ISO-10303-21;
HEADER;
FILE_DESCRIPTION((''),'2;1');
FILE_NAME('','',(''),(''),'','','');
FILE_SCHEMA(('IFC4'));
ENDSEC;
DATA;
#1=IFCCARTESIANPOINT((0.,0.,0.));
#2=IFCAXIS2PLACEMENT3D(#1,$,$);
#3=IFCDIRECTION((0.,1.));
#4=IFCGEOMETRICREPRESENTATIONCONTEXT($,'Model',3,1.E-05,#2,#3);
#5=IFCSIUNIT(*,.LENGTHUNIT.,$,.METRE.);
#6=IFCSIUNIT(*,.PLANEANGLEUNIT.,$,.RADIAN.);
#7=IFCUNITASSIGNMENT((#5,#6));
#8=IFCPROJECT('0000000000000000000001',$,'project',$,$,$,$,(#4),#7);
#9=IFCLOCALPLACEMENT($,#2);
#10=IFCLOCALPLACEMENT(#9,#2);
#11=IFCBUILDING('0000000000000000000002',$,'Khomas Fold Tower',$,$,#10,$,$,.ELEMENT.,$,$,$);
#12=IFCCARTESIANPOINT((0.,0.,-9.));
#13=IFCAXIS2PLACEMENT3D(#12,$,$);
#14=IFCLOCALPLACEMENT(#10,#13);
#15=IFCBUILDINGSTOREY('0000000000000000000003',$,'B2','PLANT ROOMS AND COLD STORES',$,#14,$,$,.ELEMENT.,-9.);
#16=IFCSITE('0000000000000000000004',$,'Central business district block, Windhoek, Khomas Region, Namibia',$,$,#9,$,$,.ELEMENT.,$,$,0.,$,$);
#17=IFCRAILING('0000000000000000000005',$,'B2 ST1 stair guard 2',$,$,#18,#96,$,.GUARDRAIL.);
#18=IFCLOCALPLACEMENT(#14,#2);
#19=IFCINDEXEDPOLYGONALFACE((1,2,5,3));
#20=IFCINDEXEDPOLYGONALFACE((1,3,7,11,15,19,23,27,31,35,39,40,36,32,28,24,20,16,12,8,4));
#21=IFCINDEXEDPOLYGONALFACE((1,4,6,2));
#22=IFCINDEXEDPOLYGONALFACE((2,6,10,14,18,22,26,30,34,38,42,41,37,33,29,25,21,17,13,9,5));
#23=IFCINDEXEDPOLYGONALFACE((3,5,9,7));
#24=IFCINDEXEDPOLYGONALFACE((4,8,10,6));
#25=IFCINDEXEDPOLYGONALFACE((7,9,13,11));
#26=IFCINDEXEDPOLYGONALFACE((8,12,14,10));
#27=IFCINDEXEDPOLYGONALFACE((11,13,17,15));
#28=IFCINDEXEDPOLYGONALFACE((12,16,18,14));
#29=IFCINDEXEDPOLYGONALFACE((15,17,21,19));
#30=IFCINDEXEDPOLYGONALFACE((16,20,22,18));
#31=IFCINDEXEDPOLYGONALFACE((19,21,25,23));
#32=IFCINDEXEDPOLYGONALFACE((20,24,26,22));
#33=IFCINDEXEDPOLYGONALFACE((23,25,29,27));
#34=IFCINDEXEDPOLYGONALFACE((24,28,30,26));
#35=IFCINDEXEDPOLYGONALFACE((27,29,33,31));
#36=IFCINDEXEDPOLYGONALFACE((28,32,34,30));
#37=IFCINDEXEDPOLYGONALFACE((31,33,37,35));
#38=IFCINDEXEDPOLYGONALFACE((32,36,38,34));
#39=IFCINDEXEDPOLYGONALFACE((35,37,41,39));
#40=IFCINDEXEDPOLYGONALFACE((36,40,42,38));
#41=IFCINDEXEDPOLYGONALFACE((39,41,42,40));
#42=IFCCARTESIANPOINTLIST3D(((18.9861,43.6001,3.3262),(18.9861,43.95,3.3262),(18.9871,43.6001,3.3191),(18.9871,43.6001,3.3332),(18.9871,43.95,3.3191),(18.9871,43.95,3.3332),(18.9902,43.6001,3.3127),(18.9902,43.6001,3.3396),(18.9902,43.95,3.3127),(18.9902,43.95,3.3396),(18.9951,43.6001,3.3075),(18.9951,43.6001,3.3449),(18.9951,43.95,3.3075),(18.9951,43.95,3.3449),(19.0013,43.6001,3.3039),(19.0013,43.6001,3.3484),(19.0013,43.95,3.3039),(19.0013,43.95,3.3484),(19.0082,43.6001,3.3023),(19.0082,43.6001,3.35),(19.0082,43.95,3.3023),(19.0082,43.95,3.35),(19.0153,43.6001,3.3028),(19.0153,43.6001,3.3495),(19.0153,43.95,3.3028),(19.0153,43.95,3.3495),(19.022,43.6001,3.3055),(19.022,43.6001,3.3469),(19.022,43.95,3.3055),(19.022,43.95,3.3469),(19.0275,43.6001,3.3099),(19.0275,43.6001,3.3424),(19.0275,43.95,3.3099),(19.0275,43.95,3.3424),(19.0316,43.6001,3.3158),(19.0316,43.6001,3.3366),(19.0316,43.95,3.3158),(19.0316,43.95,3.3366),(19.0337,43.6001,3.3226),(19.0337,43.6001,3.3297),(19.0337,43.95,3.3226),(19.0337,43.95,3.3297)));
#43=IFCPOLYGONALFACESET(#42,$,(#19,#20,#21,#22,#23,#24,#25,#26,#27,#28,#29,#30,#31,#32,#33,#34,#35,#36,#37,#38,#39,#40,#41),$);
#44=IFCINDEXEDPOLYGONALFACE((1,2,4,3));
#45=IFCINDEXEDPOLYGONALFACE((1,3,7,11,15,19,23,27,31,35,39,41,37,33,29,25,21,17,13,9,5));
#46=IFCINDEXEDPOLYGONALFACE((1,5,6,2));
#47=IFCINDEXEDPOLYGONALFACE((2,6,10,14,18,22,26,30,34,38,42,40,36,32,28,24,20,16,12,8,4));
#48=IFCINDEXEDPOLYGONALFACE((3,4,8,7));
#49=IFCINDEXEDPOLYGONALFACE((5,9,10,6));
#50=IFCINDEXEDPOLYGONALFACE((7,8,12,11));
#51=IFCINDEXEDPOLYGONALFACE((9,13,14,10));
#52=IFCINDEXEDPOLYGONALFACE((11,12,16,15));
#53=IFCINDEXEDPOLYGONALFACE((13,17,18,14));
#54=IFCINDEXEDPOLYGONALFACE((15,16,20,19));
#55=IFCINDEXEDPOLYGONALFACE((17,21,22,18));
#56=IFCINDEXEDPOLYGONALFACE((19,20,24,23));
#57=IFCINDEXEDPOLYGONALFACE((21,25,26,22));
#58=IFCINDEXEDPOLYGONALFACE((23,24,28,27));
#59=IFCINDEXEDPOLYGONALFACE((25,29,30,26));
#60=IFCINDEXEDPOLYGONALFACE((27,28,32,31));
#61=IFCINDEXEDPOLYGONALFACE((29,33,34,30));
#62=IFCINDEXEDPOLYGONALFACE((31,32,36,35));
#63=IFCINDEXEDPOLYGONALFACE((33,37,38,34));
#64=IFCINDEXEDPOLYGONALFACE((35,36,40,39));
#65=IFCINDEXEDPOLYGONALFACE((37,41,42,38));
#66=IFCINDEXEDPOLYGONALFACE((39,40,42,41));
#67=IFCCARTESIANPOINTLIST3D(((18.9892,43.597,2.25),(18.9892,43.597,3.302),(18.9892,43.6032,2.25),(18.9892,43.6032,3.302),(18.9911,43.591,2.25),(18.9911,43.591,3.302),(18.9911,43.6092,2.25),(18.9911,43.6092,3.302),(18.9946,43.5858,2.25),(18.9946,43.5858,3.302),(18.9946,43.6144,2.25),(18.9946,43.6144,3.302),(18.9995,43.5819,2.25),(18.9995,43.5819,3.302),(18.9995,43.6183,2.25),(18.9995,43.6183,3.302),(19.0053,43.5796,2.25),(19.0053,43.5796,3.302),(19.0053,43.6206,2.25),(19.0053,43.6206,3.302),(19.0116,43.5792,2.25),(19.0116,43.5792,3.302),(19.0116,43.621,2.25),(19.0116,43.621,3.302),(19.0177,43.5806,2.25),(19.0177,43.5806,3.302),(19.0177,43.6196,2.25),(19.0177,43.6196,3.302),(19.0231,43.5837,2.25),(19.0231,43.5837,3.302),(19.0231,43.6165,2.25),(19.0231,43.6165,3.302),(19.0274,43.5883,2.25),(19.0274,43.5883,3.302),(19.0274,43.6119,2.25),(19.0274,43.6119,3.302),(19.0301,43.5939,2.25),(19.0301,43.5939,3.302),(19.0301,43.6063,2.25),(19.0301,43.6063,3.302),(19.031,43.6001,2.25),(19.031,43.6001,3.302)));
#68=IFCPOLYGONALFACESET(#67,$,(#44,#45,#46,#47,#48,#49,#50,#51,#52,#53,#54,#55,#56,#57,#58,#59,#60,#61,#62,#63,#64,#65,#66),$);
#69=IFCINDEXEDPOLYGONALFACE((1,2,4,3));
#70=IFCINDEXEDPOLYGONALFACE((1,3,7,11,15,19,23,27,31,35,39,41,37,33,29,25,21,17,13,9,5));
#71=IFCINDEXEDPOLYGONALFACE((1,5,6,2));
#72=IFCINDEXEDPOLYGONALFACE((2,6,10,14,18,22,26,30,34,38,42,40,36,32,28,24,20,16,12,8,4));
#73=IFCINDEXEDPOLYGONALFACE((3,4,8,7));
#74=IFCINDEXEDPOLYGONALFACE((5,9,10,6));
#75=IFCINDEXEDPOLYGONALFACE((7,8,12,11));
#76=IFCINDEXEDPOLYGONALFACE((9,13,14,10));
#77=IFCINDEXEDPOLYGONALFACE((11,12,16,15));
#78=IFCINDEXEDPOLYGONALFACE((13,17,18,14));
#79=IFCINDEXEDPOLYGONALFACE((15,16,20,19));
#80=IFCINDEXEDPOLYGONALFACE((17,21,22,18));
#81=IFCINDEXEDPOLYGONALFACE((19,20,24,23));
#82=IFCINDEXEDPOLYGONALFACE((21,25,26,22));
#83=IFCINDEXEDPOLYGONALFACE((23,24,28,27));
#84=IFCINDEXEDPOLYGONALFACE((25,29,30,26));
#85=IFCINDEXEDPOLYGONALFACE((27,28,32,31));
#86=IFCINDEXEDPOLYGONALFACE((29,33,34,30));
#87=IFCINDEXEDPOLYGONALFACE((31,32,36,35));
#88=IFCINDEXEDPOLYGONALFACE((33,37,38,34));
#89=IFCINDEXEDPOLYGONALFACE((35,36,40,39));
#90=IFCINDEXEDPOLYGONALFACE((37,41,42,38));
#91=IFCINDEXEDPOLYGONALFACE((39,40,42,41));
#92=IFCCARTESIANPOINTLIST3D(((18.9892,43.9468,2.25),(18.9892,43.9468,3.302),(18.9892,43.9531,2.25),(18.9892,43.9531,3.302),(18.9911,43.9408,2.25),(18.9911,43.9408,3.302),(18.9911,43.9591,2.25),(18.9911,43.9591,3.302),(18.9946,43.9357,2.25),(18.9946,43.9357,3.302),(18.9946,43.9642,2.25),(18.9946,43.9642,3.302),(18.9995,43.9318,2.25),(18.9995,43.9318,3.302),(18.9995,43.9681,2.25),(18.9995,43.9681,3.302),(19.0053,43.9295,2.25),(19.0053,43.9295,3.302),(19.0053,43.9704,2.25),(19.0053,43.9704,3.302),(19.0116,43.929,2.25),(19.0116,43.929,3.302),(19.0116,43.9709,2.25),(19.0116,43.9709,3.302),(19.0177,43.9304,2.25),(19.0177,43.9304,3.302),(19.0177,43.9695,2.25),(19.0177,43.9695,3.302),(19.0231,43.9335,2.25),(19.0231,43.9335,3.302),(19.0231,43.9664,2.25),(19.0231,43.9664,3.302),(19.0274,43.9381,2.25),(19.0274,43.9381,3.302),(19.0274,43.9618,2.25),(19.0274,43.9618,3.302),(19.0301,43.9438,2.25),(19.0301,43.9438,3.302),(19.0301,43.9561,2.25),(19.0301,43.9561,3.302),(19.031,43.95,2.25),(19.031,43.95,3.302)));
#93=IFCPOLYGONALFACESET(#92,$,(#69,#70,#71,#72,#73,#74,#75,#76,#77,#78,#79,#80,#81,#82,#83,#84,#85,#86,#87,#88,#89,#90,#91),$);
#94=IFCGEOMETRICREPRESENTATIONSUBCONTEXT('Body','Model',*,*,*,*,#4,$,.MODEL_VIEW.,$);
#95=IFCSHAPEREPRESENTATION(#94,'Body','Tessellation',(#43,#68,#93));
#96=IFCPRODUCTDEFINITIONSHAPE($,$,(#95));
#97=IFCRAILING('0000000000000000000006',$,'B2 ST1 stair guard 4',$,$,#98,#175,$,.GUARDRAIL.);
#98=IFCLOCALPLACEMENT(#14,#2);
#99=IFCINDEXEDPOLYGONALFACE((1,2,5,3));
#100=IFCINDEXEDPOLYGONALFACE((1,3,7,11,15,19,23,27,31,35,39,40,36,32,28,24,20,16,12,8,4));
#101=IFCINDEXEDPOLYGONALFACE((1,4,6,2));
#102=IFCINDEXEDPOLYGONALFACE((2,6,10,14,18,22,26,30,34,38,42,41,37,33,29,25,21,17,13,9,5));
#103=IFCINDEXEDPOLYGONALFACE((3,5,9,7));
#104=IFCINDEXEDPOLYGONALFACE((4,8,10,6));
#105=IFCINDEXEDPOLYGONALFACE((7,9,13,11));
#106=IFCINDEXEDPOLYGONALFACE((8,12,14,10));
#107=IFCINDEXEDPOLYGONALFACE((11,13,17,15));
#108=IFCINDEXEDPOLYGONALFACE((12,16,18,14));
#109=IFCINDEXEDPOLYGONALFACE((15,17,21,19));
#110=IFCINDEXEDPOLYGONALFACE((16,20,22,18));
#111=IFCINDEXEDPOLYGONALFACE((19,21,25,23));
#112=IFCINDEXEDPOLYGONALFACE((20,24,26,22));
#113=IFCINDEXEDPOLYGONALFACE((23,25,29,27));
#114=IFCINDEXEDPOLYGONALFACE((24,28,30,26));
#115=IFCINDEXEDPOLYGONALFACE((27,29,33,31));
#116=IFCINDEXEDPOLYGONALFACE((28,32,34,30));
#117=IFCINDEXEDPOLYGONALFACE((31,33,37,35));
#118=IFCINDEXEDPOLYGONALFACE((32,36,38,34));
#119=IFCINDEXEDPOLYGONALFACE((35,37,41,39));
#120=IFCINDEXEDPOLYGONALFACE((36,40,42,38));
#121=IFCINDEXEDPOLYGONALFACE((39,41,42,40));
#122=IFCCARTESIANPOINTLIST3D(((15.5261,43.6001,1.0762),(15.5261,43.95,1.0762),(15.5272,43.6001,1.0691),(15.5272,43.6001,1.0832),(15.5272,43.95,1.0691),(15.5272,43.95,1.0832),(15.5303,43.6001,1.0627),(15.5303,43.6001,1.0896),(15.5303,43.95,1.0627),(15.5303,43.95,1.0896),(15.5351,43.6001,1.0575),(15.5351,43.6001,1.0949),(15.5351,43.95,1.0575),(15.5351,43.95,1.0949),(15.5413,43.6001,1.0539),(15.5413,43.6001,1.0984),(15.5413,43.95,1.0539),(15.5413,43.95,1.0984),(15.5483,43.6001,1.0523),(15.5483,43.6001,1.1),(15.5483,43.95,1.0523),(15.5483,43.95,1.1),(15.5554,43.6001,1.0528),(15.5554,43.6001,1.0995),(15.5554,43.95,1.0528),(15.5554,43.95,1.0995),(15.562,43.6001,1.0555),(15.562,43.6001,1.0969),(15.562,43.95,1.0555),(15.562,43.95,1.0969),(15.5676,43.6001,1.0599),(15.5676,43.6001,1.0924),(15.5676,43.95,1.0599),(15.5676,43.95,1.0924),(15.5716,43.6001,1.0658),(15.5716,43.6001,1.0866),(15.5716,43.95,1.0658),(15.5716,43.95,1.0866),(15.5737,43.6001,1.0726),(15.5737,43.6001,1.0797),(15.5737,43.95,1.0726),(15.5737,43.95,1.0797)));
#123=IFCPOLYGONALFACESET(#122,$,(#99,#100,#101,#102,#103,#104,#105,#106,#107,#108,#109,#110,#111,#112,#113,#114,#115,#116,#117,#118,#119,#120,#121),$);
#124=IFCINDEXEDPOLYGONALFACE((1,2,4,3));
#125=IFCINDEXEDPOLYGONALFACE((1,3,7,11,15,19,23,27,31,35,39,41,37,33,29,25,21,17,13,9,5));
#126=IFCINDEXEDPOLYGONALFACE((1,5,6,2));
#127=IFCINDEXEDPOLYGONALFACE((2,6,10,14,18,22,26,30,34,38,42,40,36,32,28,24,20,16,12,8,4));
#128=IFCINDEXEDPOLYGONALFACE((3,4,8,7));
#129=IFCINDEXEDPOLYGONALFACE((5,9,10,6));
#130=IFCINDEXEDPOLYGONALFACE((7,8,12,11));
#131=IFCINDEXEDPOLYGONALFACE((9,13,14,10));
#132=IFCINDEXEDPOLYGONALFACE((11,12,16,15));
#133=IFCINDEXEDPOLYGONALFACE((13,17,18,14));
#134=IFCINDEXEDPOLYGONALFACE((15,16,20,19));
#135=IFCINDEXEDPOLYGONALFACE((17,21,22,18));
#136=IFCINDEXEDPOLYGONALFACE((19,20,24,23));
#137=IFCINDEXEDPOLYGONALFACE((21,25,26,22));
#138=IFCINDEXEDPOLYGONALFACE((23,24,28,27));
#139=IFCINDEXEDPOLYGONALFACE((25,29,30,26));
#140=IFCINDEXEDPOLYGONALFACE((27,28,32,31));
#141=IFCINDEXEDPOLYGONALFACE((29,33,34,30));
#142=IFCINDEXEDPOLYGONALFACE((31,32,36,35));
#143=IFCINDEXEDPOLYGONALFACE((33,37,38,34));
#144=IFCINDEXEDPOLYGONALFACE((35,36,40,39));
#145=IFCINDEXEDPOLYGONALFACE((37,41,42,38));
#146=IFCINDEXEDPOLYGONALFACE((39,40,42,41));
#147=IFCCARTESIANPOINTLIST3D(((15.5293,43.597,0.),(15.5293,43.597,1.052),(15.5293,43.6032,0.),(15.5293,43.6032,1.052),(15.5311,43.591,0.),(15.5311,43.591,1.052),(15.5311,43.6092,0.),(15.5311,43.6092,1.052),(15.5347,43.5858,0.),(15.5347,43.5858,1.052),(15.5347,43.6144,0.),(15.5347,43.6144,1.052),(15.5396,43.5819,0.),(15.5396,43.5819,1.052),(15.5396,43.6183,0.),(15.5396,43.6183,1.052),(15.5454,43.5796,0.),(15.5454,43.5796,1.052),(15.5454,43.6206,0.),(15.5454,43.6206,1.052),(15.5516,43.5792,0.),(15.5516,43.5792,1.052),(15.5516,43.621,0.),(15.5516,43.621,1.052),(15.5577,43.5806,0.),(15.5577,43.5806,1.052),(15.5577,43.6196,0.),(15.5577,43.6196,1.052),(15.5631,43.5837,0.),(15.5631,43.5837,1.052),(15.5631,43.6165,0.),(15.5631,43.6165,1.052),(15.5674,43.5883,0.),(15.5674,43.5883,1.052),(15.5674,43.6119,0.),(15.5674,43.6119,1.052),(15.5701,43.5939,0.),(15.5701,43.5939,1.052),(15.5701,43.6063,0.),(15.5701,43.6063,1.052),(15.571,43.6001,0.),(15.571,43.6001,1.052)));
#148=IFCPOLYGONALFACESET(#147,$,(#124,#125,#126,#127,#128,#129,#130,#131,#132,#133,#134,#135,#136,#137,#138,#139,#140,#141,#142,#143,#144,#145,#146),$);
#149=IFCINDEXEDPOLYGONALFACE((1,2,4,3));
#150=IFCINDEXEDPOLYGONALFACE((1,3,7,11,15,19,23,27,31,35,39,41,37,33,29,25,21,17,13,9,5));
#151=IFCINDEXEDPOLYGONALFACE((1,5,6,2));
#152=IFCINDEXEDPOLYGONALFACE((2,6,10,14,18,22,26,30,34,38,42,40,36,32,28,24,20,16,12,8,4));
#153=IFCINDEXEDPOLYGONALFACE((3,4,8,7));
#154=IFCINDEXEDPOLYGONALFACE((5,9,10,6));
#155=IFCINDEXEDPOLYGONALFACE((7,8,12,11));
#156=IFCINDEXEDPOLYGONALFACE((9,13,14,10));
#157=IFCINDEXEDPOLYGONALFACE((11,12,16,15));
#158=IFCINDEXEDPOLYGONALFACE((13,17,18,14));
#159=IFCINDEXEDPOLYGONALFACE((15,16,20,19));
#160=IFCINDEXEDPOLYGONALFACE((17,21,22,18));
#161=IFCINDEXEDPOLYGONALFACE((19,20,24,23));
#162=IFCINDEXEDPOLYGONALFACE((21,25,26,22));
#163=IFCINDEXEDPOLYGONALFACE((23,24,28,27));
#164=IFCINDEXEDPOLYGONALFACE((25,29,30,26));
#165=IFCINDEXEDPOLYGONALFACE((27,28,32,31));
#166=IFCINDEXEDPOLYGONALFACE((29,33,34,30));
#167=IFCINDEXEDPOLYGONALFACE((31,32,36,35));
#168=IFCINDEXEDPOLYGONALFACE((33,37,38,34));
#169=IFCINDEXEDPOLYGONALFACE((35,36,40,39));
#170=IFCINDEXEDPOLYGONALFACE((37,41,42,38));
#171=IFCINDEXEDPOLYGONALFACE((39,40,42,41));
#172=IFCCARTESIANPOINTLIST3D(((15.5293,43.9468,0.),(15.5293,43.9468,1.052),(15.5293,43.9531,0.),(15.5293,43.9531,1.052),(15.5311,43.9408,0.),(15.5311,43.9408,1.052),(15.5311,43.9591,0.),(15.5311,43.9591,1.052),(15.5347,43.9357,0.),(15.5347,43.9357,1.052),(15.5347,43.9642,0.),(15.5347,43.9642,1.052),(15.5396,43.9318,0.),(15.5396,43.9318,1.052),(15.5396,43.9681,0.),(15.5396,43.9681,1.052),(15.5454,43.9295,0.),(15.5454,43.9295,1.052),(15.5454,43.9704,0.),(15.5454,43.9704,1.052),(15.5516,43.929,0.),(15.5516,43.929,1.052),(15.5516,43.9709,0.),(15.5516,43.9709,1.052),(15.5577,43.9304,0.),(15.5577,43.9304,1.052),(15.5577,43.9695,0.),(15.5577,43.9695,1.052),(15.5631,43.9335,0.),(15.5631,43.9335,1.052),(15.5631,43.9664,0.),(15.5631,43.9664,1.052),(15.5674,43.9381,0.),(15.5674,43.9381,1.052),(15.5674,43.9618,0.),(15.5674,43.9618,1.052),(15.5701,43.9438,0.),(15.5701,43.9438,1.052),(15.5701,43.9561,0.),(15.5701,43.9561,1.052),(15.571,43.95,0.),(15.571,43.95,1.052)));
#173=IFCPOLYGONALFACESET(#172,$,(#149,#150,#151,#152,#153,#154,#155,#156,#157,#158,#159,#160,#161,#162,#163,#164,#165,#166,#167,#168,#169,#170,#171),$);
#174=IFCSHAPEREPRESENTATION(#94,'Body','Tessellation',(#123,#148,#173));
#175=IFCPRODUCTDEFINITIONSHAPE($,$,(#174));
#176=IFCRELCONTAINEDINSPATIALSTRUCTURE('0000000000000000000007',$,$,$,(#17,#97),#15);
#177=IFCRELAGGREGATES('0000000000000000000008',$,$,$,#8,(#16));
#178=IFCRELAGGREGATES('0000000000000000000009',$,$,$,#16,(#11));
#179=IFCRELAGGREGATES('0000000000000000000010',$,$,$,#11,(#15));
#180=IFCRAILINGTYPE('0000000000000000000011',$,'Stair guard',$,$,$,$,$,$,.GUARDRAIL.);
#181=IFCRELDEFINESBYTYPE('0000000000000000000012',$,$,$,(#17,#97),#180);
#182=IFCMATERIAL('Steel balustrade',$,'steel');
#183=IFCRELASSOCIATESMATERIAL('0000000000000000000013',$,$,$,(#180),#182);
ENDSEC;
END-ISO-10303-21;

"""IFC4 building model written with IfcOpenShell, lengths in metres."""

from ifc_helpers import new_model, si_unit, direction, frame, origin, origin_2d, place, context, subcontext, project, spatial, circle, extrude, source, transform, mapped, material, type_object, element, save


model = new_model("IFC4")

# Units and contexts
model_context = context("Model", 3, precision=1e-05, world=origin(), true_north=direction((0.0, 1.0)))
body_context = subcontext(model_context, "Body", "Model", "MODEL_VIEW")
ifc_project = project(units=[si_unit("LENGTHUNIT", "METRE"), si_unit("PLANEANGLEUNIT", "RADIAN")], contexts=[model_context])

# Site, building, storey
site_placement = place(None, origin())
site = spatial("IfcSite", under=ifc_project, at=site_placement, Name="Central business district block, Windhoek, Khomas Region, Namibia", CompositionType="ELEMENT", RefElevation=0.0)
building_placement = place(site_placement, origin())
building = spatial("IfcBuilding", under=site, at=building_placement, Name="Khomas Fold Tower", CompositionType="ELEMENT")
storey_placement = place(building_placement, frame((0.0, 0.0, -9.0)))
storey = spatial("IfcBuildingStorey", under=building, at=storey_placement, Name="B2", Description="PLANT ROOMS AND COLD STORES", CompositionType="ELEMENT", Elevation=-9.0)

# Railings
ifc_material_1 = material(Name="Steel balustrade", Category="steel")
railing_type_1 = type_object("IfcRailingType", Name="Stair guard", PredefinedType="GUARDRAIL", material=ifc_material_1)
shared_shape_1 = source(origin(), body_context, "Body", "SweptSolid", [
    extrude(circle(Radius=0.0239, at=origin_2d()), frame((0.0, 0.0, 1.0762), z_axis=(0.0, 1.0, 0.0), x_axis=(-1.0, 0.0, 0.0)), (0.0, 0.0, 1.0), 0.3499),
    extrude(circle(Radius=0.021, at=origin_2d()), origin(), (0.0, 0.0, 1.0), 1.052),
    extrude(circle(Radius=0.021, at=origin_2d()), frame((0.0, 0.3499, 0.0)), (0.0, 0.0, 1.0), 1.052),
])
for number, where, name in (
    (1, (19.01, 43.6001, 2.25), "B2 ST1 stair guard 2"),
    (2, (15.55, 43.6001, 0.0), "B2 ST1 stair guard 4"),
):
    element("IfcRailing", number, at=place(storey_placement, frame(where)), inside=storey, type_object=railing_type_1, Name=name, PredefinedType="GUARDRAIL", context=body_context, shape_type="MappedRepresentation", body=[
        mapped(shared_shape_1, transform((0.0, 0.0, 0.0))),
    ])

save(model, "model.ifc")
